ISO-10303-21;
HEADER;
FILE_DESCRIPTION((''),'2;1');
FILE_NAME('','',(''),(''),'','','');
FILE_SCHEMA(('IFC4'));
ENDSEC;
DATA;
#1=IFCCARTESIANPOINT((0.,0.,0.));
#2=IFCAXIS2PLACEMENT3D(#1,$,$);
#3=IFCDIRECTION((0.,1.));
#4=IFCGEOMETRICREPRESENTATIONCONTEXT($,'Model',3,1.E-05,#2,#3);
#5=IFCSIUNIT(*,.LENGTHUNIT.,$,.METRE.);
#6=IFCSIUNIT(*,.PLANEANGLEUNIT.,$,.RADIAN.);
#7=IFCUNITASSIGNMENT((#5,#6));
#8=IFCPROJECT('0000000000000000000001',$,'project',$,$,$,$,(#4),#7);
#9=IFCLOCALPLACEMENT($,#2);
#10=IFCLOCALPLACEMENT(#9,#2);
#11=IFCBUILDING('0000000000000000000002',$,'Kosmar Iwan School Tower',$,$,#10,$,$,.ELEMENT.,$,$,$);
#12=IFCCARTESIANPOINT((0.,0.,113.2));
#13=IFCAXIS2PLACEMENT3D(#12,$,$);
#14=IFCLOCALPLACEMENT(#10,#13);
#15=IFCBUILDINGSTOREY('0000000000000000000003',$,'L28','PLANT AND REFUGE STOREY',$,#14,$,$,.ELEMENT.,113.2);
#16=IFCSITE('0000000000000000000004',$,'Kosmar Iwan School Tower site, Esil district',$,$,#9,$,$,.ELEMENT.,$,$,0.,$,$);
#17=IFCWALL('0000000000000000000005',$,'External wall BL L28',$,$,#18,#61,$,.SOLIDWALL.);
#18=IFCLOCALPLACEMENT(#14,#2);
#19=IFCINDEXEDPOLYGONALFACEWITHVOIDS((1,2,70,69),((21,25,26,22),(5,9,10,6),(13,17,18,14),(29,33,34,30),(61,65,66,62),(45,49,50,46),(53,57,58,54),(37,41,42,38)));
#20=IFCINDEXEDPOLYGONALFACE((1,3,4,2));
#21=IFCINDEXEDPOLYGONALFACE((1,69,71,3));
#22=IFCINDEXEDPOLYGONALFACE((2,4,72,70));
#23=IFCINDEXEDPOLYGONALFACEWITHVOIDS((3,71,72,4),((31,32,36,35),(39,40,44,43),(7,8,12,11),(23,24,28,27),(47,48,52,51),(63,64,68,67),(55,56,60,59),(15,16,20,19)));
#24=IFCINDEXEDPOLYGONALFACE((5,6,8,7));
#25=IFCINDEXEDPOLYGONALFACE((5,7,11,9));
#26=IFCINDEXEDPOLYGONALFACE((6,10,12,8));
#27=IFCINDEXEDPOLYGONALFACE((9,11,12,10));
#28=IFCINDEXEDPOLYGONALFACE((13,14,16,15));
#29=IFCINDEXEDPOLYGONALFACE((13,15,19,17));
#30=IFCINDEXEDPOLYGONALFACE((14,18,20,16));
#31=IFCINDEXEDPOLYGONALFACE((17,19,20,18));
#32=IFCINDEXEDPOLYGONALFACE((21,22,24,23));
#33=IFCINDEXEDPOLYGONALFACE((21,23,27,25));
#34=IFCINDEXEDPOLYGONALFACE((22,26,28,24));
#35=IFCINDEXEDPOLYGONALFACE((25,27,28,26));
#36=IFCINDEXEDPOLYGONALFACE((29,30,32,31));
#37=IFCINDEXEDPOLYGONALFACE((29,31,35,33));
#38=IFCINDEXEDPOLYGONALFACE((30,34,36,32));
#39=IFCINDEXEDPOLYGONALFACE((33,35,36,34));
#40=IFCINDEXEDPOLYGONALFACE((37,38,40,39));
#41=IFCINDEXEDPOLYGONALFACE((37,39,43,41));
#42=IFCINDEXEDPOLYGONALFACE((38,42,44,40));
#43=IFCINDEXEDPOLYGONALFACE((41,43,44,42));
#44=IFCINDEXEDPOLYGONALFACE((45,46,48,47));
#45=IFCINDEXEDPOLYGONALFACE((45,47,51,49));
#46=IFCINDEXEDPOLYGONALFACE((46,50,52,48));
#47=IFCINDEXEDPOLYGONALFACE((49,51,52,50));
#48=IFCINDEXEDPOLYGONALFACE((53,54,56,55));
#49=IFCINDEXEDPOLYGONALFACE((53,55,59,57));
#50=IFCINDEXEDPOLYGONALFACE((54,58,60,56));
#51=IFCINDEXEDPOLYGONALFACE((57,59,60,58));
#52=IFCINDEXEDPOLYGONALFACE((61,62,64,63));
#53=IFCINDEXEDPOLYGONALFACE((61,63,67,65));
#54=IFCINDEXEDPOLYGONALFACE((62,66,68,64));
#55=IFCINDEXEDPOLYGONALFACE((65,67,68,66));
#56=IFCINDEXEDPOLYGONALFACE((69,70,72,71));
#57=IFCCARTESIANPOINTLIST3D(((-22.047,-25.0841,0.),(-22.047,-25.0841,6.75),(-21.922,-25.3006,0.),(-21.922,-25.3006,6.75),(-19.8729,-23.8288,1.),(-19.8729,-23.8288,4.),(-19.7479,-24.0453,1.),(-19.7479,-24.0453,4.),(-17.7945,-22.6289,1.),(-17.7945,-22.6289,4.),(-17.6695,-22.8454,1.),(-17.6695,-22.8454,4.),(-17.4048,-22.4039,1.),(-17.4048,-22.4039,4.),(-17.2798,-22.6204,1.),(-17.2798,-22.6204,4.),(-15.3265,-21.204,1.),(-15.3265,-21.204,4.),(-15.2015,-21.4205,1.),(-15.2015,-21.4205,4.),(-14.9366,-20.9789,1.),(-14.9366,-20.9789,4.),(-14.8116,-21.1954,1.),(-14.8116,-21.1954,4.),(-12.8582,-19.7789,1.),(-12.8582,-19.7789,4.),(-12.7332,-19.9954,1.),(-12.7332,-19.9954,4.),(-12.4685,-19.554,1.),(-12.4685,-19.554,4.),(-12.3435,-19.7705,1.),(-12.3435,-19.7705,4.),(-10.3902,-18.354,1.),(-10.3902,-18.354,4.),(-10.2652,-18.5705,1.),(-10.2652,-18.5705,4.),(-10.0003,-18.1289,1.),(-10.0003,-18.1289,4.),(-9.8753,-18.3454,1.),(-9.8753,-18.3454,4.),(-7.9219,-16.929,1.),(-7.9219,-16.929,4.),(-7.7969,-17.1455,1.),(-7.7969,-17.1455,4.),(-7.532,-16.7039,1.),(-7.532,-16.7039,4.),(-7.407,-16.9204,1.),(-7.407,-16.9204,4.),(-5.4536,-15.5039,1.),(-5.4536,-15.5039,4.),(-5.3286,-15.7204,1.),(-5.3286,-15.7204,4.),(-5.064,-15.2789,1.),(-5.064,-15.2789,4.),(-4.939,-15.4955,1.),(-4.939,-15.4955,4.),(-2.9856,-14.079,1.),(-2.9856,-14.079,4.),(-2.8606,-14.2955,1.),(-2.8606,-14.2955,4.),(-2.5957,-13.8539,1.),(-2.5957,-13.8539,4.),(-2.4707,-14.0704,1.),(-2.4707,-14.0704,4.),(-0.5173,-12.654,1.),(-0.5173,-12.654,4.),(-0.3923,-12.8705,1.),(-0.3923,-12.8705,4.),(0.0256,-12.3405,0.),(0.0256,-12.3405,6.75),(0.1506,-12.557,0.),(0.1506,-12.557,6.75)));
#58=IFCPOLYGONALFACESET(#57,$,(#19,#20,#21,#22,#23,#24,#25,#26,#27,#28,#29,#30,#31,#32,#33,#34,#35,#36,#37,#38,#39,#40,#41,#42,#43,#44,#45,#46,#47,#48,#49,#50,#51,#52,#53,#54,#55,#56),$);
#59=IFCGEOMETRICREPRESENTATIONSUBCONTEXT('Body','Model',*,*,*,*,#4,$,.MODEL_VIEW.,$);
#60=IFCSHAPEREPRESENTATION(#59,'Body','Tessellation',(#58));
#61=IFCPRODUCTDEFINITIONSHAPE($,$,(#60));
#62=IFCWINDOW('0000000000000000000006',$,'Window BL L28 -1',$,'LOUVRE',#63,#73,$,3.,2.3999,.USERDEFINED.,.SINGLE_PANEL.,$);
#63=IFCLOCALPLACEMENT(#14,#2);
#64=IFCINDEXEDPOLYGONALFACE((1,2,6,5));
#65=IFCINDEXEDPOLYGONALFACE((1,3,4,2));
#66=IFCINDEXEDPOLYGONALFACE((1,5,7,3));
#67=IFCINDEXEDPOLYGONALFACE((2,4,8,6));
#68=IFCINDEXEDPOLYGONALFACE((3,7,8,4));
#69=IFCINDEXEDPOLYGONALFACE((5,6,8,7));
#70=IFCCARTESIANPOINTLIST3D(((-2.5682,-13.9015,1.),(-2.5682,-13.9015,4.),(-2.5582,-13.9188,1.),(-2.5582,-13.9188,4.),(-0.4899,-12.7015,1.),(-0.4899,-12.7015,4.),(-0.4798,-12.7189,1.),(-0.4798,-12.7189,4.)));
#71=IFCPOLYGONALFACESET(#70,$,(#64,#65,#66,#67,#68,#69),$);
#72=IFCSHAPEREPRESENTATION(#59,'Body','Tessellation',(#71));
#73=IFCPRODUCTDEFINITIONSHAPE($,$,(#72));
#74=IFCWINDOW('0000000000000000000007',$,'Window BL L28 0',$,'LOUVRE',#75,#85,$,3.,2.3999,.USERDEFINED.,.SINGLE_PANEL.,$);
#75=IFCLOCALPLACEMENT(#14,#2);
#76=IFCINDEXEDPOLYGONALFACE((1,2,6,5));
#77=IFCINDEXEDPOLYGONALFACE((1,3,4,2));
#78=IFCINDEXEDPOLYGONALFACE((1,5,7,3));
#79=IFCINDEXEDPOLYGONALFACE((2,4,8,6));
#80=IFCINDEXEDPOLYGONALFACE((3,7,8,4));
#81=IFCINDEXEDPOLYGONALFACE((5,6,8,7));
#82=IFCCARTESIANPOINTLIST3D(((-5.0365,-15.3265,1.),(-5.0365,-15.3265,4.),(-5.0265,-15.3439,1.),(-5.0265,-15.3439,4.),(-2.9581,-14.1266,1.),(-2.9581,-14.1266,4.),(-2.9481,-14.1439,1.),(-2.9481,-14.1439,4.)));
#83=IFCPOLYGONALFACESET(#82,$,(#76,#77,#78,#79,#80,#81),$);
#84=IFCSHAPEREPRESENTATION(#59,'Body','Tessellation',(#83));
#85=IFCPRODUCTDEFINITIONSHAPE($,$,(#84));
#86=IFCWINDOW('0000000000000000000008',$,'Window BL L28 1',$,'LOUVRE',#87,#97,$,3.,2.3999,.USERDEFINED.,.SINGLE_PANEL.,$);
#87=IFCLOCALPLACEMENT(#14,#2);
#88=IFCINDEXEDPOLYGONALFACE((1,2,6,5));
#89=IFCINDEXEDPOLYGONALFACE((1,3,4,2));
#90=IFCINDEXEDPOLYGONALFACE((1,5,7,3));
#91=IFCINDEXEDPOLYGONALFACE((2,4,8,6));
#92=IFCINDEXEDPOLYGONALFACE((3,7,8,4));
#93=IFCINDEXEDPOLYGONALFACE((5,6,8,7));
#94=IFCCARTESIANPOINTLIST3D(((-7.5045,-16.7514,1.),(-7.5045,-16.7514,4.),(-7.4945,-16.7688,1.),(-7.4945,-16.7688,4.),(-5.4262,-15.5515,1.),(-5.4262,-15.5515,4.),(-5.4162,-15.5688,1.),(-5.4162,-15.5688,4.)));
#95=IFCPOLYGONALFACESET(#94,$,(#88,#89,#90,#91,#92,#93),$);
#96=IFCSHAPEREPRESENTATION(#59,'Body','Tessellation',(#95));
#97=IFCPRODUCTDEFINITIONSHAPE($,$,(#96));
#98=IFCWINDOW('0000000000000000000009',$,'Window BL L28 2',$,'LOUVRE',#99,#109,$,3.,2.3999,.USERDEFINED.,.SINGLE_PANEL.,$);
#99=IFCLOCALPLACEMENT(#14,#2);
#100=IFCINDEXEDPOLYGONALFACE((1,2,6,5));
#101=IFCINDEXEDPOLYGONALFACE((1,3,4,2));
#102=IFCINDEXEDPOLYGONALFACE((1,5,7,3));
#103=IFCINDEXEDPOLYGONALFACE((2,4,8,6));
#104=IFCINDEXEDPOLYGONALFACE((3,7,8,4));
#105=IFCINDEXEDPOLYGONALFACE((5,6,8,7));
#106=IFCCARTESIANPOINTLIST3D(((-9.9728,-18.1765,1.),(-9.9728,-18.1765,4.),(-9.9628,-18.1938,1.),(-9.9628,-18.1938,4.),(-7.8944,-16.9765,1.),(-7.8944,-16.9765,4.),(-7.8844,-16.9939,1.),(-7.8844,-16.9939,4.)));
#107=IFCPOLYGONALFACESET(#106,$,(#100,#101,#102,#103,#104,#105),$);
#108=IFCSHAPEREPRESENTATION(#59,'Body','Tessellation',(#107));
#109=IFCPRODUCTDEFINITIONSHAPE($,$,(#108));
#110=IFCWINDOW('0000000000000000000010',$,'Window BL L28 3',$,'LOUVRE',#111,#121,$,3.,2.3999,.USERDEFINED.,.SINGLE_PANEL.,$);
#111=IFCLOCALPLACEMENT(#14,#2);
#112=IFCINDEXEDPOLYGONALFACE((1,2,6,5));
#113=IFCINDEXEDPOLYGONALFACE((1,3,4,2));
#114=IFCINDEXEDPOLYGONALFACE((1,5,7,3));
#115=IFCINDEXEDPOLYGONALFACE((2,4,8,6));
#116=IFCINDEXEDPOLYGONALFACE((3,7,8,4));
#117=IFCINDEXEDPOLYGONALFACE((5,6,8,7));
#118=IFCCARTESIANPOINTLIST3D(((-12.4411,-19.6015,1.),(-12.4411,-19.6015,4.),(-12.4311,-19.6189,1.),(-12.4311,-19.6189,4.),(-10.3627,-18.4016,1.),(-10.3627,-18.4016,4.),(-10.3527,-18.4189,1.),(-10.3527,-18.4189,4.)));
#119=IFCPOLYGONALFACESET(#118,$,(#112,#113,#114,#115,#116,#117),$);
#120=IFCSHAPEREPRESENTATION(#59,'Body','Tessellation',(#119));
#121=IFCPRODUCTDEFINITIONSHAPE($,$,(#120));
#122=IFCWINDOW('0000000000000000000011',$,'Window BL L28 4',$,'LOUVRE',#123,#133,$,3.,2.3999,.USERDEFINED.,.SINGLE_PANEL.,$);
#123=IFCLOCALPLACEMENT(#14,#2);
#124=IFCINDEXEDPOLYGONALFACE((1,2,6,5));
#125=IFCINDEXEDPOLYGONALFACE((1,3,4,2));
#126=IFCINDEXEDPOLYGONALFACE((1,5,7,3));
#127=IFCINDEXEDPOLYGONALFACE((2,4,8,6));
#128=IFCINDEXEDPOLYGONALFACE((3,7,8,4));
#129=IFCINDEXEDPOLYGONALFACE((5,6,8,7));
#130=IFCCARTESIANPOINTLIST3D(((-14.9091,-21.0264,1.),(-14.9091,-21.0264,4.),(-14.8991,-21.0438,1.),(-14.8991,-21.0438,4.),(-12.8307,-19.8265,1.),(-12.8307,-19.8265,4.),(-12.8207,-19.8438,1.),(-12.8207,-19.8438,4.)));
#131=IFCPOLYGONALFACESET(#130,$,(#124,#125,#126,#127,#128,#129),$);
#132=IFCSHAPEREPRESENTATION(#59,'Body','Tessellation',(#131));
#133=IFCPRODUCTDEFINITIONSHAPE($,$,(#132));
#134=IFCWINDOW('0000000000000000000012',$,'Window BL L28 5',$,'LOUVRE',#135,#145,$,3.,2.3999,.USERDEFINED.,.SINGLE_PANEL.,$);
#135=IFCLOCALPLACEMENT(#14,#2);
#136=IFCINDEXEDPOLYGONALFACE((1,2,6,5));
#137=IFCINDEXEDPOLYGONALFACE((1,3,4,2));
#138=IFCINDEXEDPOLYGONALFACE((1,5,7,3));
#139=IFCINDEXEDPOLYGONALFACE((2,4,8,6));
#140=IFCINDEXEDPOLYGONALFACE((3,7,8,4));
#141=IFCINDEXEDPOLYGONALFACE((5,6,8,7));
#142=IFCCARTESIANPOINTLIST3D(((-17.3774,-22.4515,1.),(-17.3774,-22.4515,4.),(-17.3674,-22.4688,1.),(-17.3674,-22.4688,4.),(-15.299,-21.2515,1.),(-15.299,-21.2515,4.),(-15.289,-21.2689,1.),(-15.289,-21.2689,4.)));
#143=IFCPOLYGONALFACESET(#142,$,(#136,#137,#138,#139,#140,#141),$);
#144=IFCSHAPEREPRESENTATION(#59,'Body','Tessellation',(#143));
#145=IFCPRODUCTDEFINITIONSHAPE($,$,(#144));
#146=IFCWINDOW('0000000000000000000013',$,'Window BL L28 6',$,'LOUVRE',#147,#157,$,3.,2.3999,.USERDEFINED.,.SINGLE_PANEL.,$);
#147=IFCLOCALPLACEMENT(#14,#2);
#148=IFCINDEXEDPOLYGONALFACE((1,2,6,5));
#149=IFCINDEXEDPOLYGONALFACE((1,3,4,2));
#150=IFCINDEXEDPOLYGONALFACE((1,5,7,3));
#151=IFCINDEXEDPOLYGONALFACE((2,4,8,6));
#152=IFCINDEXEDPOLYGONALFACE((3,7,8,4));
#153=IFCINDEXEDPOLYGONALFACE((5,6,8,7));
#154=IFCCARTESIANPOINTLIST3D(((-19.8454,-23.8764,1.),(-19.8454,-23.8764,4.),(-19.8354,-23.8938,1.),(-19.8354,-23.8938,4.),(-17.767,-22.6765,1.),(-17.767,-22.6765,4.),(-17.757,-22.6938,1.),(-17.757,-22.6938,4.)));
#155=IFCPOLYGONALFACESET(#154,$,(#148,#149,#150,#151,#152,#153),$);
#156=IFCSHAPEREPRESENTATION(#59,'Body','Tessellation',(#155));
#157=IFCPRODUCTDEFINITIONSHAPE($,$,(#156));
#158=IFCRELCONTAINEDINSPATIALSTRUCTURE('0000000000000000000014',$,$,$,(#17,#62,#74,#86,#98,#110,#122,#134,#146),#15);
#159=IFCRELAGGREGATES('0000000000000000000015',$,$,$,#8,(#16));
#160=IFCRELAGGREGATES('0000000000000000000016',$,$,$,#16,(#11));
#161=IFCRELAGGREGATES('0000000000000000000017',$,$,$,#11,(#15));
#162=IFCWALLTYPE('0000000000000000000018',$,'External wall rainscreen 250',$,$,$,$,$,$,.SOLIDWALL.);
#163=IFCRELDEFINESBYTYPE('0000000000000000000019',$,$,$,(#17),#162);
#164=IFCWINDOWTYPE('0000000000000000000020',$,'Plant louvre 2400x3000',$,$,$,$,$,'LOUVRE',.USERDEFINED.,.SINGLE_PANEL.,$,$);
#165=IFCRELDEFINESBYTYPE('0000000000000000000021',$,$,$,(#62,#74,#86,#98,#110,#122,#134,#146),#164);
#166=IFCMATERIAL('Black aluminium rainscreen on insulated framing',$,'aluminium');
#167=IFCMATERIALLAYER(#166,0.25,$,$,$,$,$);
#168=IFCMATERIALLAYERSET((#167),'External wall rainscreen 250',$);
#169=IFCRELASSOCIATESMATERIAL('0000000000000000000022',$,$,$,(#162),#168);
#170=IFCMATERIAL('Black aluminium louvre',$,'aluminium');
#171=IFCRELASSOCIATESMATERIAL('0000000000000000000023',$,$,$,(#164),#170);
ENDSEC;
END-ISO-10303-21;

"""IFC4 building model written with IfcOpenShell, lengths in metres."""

from ifc_helpers import new_model, si_unit, direction, frame, frame_2d, origin, place, context, subcontext, project, spatial, rectangle, extrude, material, layer, layer_set, type_object, element, fill, save


model = new_model("IFC4")

# Units and contexts
model_context = context("Model", 3, precision=1e-05, world=origin(), true_north=direction((0.0, 1.0)))
body_context = subcontext(model_context, "Body", "Model", "MODEL_VIEW")
ifc_project = project(units=[si_unit("LENGTHUNIT", "METRE"), si_unit("PLANEANGLEUNIT", "RADIAN")], contexts=[model_context])

# Site, building, storey
site_placement = place(None, origin())
site = spatial("IfcSite", under=ifc_project, at=site_placement, Name="Kosmar Iwan School Tower site, Esil district", CompositionType="ELEMENT", RefElevation=0.0)
building_placement = place(site_placement, origin())
building = spatial("IfcBuilding", under=site, at=building_placement, Name="Kosmar Iwan School Tower", CompositionType="ELEMENT")
storey_placement = place(building_placement, frame((0.0, 0.0, 113.2)))
storey = spatial("IfcBuildingStorey", under=building, at=storey_placement, Name="L28", Description="PLANT AND REFUGE STOREY", CompositionType="ELEMENT", Elevation=113.2)

# Wall, openings, windows
ifc_material_1 = material(Name="Black aluminium rainscreen on insulated framing", Category="aluminium")
ifc_layer = layer(ifc_material_1, 0.25)
ifc_layer_set = layer_set([ifc_layer], Name="External wall rainscreen 250")
wall_type = type_object("IfcWallType", Name="External wall rainscreen 250", PredefinedType="SOLIDWALL", material=ifc_layer_set)
wall_1_placement = place(storey_placement, frame((0.0881, -12.4487, 0.0), z_axis=(0.0, 0.0, 1.0), x_axis=(-0.866026, -0.499998, 0.0)))
wall_1 = element("IfcWall", 1, at=wall_1_placement, inside=storey, type_object=wall_type, Name="External wall BL L28", PredefinedType="SOLIDWALL", context=body_context, shape_type="SweptSolid", body=[
    extrude(rectangle(XDim=25.4873, YDim=0.25, at=frame_2d((12.7437, 0.0))), origin(), (0.0, 0.0, 1.0), 6.75),
])
opening_1_placement = place(wall_1_placement, frame((0.627, 0.0, 1.0)))
opening_1 = element("IfcOpeningElement", 2, at=opening_1_placement, cuts=wall_1, PredefinedType="OPENING", context=body_context, shape_type="SweptSolid", body=[
    extrude(rectangle(XDim=2.3999, YDim=3.0, at=frame_2d((1.2, 1.5))), frame((0.0, 0.137, 0.0), z_axis=(0.0, -1.0, 0.0), x_axis=(1.0, 0.0, 0.0)), (0.0, 0.0, 1.0), 0.2739),
])
opening_2_placement = place(wall_1_placement, frame((3.4771, 0.0, 1.0)))
opening_2 = element("IfcOpeningElement", 3, at=opening_2_placement, cuts=wall_1, PredefinedType="OPENING", context=body_context, shape_type="SweptSolid", body=[
    extrude(rectangle(XDim=2.3999, YDim=3.0, at=frame_2d((1.2, 1.5))), frame((0.0, 0.137, 0.0), z_axis=(0.0, -1.0, 0.0), x_axis=(1.0, 0.0, 0.0)), (0.0, 0.0, 1.0), 0.2739),
])
opening_3_placement = place(wall_1_placement, frame((6.3269, 0.0, 1.0)))
opening_3 = element("IfcOpeningElement", 4, at=opening_3_placement, cuts=wall_1, PredefinedType="OPENING", context=body_context, shape_type="SweptSolid", body=[
    extrude(rectangle(XDim=2.3999, YDim=3.0, at=frame_2d((1.2, 1.5))), frame((0.0, 0.137, 0.0), z_axis=(0.0, -1.0, 0.0), x_axis=(1.0, 0.0, 0.0)), (0.0, 0.0, 1.0), 0.2739),
])
opening_4_placement = place(wall_1_placement, frame((9.177, 0.0, 1.0)))
opening_4 = element("IfcOpeningElement", 5, at=opening_4_placement, cuts=wall_1, PredefinedType="OPENING", context=body_context, shape_type="SweptSolid", body=[
    extrude(rectangle(XDim=2.3999, YDim=3.0, at=frame_2d((1.2, 1.5))), frame((0.0, 0.137, 0.0), z_axis=(0.0, -1.0, 0.0), x_axis=(1.0, 0.0, 0.0)), (0.0, 0.0, 1.0), 0.2739),
])
opening_5_placement = place(wall_1_placement, frame((12.0271, 0.0, 1.0)))
opening_5 = element("IfcOpeningElement", 6, at=opening_5_placement, cuts=wall_1, PredefinedType="OPENING", context=body_context, shape_type="SweptSolid", body=[
    extrude(rectangle(XDim=2.3999, YDim=3.0, at=frame_2d((1.2, 1.5))), frame((0.0, 0.137, 0.0), z_axis=(0.0, -1.0, 0.0), x_axis=(1.0, 0.0, 0.0)), (0.0, 0.0, 1.0), 0.2739),
])
opening_6_placement = place(wall_1_placement, frame((14.877, 0.0, 1.0)))
opening_6 = element("IfcOpeningElement", 7, at=opening_6_placement, cuts=wall_1, PredefinedType="OPENING", context=body_context, shape_type="SweptSolid", body=[
    extrude(rectangle(XDim=2.3999, YDim=3.0, at=frame_2d((1.2, 1.5))), frame((0.0, 0.137, 0.0), z_axis=(0.0, -1.0, 0.0), x_axis=(1.0, 0.0, 0.0)), (0.0, 0.0, 1.0), 0.2739),
])
opening_7_placement = place(wall_1_placement, frame((17.7271, 0.0, 1.0)))
opening_7 = element("IfcOpeningElement", 8, at=opening_7_placement, cuts=wall_1, PredefinedType="OPENING", context=body_context, shape_type="SweptSolid", body=[
    extrude(rectangle(XDim=2.3999, YDim=3.0, at=frame_2d((1.2, 1.5))), frame((0.0, 0.137, 0.0), z_axis=(0.0, -1.0, 0.0), x_axis=(1.0, 0.0, 0.0)), (0.0, 0.0, 1.0), 0.2739),
])
opening_8_placement = place(wall_1_placement, frame((20.5769, 0.0, 1.0)))
opening_8 = element("IfcOpeningElement", 9, at=opening_8_placement, cuts=wall_1, PredefinedType="OPENING", context=body_context, shape_type="SweptSolid", body=[
    extrude(rectangle(XDim=2.3999, YDim=3.0, at=frame_2d((1.2, 1.5))), frame((0.0, 0.137, 0.0), z_axis=(0.0, -1.0, 0.0), x_axis=(1.0, 0.0, 0.0)), (0.0, 0.0, 1.0), 0.2739),
])
ifc_material_2 = material(Name="Black aluminium louvre", Category="aluminium")
window_type = type_object("IfcWindowType", Name="Plant louvre 2400x3000", ElementType="LOUVRE", PartitioningType="SINGLE_PANEL", PredefinedType="USERDEFINED", material=ifc_material_2)
window_1_placement = place(opening_1_placement, origin())
window_1 = element("IfcWindow", 10, at=window_1_placement, inside=storey, type_object=window_type, Name="Window BL L28 -1", ObjectType="LOUVRE", OverallHeight=3.0, OverallWidth=2.3999, PartitioningType="SINGLE_PANEL", PredefinedType="USERDEFINED", context=body_context, shape_type="SweptSolid", body=[
    extrude(rectangle(XDim=2.3999, YDim=3.0, at=frame_2d((1.2, 1.5))), frame((0.0, -0.05, 0.0), z_axis=(0.0, -1.0, 0.0), x_axis=(1.0, 0.0, 0.0)), (0.0, 0.0, 1.0), 0.02),
])
fill(opening_1, window_1)
window_2_placement = place(opening_2_placement, origin())
window_2 = element("IfcWindow", 11, at=window_2_placement, inside=storey, type_object=window_type, Name="Window BL L28 0", ObjectType="LOUVRE", OverallHeight=3.0, OverallWidth=2.3999, PartitioningType="SINGLE_PANEL", PredefinedType="USERDEFINED", context=body_context, shape_type="SweptSolid", body=[
    extrude(rectangle(XDim=2.3999, YDim=3.0, at=frame_2d((1.2, 1.5))), frame((0.0, -0.05, 0.0), z_axis=(0.0, -1.0, 0.0), x_axis=(1.0, 0.0, 0.0)), (0.0, 0.0, 1.0), 0.02),
])
fill(opening_2, window_2)
window_3_placement = place(opening_3_placement, origin())
window_3 = element("IfcWindow", 12, at=window_3_placement, inside=storey, type_object=window_type, Name="Window BL L28 1", ObjectType="LOUVRE", OverallHeight=3.0, OverallWidth=2.3999, PartitioningType="SINGLE_PANEL", PredefinedType="USERDEFINED", context=body_context, shape_type="SweptSolid", body=[
    extrude(rectangle(XDim=2.3999, YDim=3.0, at=frame_2d((1.2, 1.5))), frame((0.0, -0.05, 0.0), z_axis=(0.0, -1.0, 0.0), x_axis=(1.0, 0.0, 0.0)), (0.0, 0.0, 1.0), 0.02),
])
fill(opening_3, window_3)
window_4_placement = place(opening_4_placement, origin())
window_4 = element("IfcWindow", 13, at=window_4_placement, inside=storey, type_object=window_type, Name="Window BL L28 2", ObjectType="LOUVRE", OverallHeight=3.0, OverallWidth=2.3999, PartitioningType="SINGLE_PANEL", PredefinedType="USERDEFINED", context=body_context, shape_type="SweptSolid", body=[
    extrude(rectangle(XDim=2.3999, YDim=3.0, at=frame_2d((1.2, 1.5))), frame((0.0, -0.05, 0.0), z_axis=(0.0, -1.0, 0.0), x_axis=(1.0, 0.0, 0.0)), (0.0, 0.0, 1.0), 0.02),
])
fill(opening_4, window_4)
window_5_placement = place(opening_5_placement, origin())
window_5 = element("IfcWindow", 14, at=window_5_placement, inside=storey, type_object=window_type, Name="Window BL L28 3", ObjectType="LOUVRE", OverallHeight=3.0, OverallWidth=2.3999, PartitioningType="SINGLE_PANEL", PredefinedType="USERDEFINED", context=body_context, shape_type="SweptSolid", body=[
    extrude(rectangle(XDim=2.3999, YDim=3.0, at=frame_2d((1.2, 1.5))), frame((0.0, -0.05, 0.0), z_axis=(0.0, -1.0, 0.0), x_axis=(1.0, 0.0, 0.0)), (0.0, 0.0, 1.0), 0.02),
])
fill(opening_5, window_5)
window_6_placement = place(opening_6_placement, origin())
window_6 = element("IfcWindow", 15, at=window_6_placement, inside=storey, type_object=window_type, Name="Window BL L28 4", ObjectType="LOUVRE", OverallHeight=3.0, OverallWidth=2.3999, PartitioningType="SINGLE_PANEL", PredefinedType="USERDEFINED", context=body_context, shape_type="SweptSolid", body=[
    extrude(rectangle(XDim=2.3999, YDim=3.0, at=frame_2d((1.2, 1.5))), frame((0.0, -0.05, 0.0), z_axis=(0.0, -1.0, 0.0), x_axis=(1.0, 0.0, 0.0)), (0.0, 0.0, 1.0), 0.02),
])
fill(opening_6, window_6)
window_7_placement = place(opening_7_placement, origin())
window_7 = element("IfcWindow", 16, at=window_7_placement, inside=storey, type_object=window_type, Name="Window BL L28 5", ObjectType="LOUVRE", OverallHeight=3.0, OverallWidth=2.3999, PartitioningType="SINGLE_PANEL", PredefinedType="USERDEFINED", context=body_context, shape_type="SweptSolid", body=[
    extrude(rectangle(XDim=2.3999, YDim=3.0, at=frame_2d((1.2, 1.5))), frame((0.0, -0.05, 0.0), z_axis=(0.0, -1.0, 0.0), x_axis=(1.0, 0.0, 0.0)), (0.0, 0.0, 1.0), 0.02),
])
fill(opening_7, window_7)
window_8_placement = place(opening_8_placement, origin())
window_8 = element("IfcWindow", 17, at=window_8_placement, inside=storey, type_object=window_type, Name="Window BL L28 6", ObjectType="LOUVRE", OverallHeight=3.0, OverallWidth=2.3999, PartitioningType="SINGLE_PANEL", PredefinedType="USERDEFINED", context=body_context, shape_type="SweptSolid", body=[
    extrude(rectangle(XDim=2.3999, YDim=3.0, at=frame_2d((1.2, 1.5))), frame((0.0, -0.05, 0.0), z_axis=(0.0, -1.0, 0.0), x_axis=(1.0, 0.0, 0.0)), (0.0, 0.0, 1.0), 0.02),
])
fill(opening_8, window_8)

save(model, "model.ifc")
